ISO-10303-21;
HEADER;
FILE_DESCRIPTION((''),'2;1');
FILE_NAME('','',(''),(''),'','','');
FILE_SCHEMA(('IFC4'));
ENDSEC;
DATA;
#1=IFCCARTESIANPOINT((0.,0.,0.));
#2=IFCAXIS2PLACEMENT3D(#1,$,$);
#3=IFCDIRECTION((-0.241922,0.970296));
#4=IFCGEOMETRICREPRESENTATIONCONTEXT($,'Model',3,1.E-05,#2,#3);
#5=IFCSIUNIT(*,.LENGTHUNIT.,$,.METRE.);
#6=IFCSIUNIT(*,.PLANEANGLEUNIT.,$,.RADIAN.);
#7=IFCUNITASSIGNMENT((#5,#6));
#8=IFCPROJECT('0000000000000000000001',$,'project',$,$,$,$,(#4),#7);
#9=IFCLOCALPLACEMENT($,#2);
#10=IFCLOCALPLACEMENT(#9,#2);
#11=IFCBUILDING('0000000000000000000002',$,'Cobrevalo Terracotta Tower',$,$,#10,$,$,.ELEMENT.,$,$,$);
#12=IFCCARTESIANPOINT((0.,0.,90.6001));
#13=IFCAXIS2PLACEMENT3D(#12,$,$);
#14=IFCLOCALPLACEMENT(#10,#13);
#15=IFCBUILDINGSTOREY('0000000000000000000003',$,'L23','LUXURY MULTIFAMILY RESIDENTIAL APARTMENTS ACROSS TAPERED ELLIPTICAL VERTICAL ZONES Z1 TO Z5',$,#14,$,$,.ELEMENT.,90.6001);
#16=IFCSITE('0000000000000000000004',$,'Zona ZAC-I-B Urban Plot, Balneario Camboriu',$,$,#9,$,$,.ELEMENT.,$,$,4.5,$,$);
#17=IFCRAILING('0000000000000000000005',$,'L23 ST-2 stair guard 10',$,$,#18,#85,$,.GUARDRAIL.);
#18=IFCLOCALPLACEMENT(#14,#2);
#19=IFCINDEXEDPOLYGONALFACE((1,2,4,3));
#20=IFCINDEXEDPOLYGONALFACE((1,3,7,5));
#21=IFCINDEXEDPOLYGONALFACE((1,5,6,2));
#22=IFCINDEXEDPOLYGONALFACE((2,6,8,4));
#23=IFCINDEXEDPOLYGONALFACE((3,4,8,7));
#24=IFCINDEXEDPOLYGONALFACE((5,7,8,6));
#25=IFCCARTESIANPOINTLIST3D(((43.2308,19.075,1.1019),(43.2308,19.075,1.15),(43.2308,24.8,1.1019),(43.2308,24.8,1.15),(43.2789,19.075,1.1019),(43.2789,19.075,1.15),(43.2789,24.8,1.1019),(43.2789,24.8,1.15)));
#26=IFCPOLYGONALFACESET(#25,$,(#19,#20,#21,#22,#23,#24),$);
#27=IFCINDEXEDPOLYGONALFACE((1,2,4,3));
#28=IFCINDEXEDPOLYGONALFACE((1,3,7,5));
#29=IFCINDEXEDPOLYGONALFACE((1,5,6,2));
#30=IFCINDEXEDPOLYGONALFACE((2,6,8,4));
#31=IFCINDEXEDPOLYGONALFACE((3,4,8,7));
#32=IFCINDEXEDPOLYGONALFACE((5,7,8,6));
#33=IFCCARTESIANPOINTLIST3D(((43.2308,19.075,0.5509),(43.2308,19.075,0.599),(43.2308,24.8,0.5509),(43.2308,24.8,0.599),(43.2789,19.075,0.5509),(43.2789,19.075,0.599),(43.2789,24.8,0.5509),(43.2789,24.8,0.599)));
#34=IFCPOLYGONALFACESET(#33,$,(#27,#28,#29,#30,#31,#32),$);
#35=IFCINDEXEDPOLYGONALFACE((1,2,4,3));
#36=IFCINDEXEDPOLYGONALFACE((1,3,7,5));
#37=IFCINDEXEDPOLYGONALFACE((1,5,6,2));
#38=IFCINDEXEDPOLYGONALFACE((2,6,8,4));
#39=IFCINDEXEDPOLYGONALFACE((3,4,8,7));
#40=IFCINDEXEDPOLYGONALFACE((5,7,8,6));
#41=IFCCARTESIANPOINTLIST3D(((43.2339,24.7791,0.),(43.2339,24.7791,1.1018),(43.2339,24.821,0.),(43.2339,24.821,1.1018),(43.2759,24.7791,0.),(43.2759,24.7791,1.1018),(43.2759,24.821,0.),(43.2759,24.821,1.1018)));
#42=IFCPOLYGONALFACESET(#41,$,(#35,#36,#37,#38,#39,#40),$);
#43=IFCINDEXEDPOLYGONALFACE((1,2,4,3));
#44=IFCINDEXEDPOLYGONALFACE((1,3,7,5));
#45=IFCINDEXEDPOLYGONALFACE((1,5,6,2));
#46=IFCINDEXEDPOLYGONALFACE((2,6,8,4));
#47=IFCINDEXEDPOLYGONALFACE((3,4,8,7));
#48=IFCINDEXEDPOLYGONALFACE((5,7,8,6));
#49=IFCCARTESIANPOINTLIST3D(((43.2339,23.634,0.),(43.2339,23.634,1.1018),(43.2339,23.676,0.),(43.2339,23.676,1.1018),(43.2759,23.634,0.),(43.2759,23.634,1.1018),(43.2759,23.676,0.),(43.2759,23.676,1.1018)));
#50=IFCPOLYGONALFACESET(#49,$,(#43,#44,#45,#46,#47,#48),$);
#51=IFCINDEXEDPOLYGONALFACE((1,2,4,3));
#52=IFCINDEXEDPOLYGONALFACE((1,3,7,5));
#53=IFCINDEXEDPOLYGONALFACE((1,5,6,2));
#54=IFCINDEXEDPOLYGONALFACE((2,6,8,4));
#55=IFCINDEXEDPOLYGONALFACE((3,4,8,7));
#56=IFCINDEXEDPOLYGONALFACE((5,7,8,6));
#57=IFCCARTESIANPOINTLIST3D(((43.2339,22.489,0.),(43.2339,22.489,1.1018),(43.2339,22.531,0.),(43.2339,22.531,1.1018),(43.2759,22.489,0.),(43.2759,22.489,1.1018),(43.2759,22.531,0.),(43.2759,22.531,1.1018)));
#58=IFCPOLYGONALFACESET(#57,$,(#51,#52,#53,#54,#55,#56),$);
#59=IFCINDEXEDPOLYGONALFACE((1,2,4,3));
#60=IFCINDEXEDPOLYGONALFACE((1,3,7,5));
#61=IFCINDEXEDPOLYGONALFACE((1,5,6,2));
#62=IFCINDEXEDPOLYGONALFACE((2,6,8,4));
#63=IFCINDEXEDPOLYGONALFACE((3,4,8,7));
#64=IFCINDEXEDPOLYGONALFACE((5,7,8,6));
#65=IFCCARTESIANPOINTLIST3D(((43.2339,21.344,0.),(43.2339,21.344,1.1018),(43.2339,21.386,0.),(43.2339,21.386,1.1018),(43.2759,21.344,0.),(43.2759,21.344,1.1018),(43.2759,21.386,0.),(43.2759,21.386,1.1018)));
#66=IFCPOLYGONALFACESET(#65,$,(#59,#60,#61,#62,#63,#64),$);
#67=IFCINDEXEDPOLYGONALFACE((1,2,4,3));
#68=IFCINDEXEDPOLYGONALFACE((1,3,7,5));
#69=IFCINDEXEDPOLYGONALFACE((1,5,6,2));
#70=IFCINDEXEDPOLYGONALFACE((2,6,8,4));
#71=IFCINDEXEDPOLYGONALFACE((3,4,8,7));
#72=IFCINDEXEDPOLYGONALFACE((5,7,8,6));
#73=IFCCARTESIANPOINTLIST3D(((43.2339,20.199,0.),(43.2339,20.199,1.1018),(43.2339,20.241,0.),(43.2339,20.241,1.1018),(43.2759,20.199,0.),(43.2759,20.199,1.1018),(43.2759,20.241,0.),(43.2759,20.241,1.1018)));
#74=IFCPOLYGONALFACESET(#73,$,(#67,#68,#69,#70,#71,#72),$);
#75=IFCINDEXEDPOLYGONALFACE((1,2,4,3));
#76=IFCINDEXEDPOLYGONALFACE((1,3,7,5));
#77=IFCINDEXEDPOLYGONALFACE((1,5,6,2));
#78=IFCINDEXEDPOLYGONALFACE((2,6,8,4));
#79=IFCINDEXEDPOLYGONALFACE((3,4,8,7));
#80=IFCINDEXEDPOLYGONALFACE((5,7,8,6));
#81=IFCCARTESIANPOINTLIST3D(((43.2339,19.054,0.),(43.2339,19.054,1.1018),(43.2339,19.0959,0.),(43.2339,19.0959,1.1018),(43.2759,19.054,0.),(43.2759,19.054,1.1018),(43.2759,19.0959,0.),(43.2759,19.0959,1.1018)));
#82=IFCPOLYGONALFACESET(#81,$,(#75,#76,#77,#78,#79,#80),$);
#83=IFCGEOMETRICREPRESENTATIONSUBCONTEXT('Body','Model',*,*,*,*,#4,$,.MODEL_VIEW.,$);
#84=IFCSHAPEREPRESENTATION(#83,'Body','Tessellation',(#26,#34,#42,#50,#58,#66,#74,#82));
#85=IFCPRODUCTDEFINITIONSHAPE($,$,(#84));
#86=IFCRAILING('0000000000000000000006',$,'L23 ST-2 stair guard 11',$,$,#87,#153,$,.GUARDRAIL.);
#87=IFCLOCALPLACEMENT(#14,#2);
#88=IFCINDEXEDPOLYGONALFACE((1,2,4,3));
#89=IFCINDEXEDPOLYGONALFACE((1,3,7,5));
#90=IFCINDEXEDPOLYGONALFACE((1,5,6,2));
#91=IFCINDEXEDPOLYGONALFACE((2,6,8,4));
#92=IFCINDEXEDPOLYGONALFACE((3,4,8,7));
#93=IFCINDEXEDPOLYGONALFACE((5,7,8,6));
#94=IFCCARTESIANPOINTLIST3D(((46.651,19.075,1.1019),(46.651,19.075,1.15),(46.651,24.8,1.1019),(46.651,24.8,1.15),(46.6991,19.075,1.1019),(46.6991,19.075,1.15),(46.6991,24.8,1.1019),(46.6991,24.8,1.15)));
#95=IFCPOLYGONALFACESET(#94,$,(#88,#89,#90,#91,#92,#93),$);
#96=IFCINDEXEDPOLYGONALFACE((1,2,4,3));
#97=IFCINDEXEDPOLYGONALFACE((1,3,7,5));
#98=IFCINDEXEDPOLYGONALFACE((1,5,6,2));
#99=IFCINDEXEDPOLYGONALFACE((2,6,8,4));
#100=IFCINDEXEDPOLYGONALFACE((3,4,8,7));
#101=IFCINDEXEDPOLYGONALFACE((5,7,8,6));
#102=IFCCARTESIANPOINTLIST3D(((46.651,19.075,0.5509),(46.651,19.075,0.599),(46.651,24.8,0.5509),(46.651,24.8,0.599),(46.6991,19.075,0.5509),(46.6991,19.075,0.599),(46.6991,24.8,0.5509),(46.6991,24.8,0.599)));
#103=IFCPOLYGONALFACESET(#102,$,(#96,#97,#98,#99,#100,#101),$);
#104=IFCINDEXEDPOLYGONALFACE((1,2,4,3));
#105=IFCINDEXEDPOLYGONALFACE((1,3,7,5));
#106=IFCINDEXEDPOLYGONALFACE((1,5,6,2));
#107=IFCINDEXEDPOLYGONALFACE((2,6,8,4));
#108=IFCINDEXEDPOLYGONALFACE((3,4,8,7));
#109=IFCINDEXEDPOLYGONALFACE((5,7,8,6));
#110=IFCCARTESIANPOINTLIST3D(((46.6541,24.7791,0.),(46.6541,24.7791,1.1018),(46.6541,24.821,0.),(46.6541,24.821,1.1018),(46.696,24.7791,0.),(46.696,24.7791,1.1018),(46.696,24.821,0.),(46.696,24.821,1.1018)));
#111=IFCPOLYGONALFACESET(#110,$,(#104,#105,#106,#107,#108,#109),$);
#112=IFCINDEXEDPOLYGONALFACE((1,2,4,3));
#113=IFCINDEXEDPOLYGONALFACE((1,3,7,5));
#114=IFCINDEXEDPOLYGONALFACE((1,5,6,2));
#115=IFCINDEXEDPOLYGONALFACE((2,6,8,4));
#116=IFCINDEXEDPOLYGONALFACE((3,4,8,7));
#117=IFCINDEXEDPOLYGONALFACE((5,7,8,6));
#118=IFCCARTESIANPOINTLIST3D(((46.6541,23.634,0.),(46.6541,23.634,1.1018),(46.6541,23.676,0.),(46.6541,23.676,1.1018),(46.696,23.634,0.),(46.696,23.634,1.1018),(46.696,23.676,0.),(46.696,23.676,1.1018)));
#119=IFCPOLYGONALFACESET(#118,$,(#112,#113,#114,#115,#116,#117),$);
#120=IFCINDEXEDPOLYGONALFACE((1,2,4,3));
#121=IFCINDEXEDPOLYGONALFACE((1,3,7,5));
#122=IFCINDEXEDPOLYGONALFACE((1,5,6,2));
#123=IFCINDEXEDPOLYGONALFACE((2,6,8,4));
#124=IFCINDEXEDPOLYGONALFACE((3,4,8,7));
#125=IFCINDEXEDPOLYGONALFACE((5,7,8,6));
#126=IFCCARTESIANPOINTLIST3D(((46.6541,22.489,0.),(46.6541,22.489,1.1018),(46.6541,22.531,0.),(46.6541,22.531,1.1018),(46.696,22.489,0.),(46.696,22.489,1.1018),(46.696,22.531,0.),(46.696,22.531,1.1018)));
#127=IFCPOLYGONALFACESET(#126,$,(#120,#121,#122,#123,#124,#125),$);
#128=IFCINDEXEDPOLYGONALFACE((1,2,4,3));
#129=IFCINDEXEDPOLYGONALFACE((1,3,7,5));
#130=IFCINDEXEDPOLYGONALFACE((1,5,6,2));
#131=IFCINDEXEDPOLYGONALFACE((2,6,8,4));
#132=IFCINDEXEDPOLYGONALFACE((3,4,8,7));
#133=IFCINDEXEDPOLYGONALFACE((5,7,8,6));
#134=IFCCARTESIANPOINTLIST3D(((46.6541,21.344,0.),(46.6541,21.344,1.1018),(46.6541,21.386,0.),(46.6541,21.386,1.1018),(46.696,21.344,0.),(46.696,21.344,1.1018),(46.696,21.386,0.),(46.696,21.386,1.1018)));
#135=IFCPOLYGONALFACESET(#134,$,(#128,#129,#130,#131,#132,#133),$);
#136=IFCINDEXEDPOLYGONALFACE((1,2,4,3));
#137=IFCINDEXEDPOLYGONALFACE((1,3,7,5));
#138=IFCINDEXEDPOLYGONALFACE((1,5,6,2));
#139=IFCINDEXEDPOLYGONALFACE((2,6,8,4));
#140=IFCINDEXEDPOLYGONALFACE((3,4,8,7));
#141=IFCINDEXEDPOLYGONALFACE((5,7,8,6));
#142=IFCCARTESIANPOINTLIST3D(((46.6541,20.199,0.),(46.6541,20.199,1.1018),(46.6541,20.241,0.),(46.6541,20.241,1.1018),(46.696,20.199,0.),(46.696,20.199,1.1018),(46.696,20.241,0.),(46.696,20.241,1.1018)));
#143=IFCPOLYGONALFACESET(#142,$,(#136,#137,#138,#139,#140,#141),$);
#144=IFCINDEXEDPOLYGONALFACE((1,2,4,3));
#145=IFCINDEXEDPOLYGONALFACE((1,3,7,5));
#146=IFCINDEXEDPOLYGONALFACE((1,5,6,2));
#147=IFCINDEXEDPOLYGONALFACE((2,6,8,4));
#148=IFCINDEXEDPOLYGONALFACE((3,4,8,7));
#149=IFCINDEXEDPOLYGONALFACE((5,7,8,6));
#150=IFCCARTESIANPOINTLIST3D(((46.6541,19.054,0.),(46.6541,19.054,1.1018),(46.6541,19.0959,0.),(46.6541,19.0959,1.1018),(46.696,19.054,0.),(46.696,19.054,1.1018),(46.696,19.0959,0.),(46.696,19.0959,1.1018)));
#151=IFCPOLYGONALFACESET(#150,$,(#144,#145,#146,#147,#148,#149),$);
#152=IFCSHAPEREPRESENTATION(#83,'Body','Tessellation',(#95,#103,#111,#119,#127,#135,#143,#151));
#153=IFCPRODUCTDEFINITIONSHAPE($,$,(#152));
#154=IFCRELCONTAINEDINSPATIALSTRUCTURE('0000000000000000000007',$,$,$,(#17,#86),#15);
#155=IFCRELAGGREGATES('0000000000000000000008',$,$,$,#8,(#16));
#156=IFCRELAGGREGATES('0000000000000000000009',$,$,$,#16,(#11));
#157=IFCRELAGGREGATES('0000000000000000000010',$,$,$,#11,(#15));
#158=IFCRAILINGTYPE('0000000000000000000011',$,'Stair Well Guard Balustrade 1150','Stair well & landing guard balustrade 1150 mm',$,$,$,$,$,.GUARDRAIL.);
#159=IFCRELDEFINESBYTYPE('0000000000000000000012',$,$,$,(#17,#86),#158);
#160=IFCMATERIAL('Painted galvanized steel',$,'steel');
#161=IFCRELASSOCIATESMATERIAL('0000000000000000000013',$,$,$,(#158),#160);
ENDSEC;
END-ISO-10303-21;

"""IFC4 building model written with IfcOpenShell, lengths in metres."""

from ifc_helpers import new_model, si_unit, direction, frame, origin, origin_2d, place, context, subcontext, project, spatial, rectangle, extrude, material, type_object, element, save


model = new_model("IFC4")

# Units and contexts
model_context = context("Model", 3, precision=1e-05, world=origin(), true_north=direction((-0.241922, 0.970296)))
body_context = subcontext(model_context, "Body", "Model", "MODEL_VIEW")
ifc_project = project(units=[si_unit("LENGTHUNIT", "METRE"), si_unit("PLANEANGLEUNIT", "RADIAN")], contexts=[model_context])

# Site, building, storey
site_placement = place(None, origin())
site = spatial("IfcSite", under=ifc_project, at=site_placement, Name="Zona ZAC-I-B Urban Plot, Balneario Camboriu", CompositionType="ELEMENT", RefElevation=4.5)
building_placement = place(site_placement, origin())
building = spatial("IfcBuilding", under=site, at=building_placement, Name="Cobrevalo Terracotta Tower", CompositionType="ELEMENT")
storey_placement = place(building_placement, frame((0.0, 0.0, 90.6001)))
storey = spatial("IfcBuildingStorey", under=building, at=storey_placement, Name="L23", Description="LUXURY MULTIFAMILY RESIDENTIAL APARTMENTS ACROSS TAPERED ELLIPTICAL VERTICAL ZONES Z1 TO Z5", CompositionType="ELEMENT", Elevation=90.6001)

# Railings
ifc_material_1 = material(Name="Painted galvanized steel", Category="steel")
railing_type_1 = type_object("IfcRailingType", Name="Stair Well Guard Balustrade 1150", Description="Stair well & landing guard balustrade 1150 mm", PredefinedType="GUARDRAIL", material=ifc_material_1)
for number, where, name in (
    (1, (43.2549, 24.8, 0.0), "L23 ST-2 stair guard 10"),
    (2, (46.675, 24.8, 0.0), "L23 ST-2 stair guard 11"),
):
    element("IfcRailing", number, at=place(storey_placement, frame(where)), inside=storey, type_object=railing_type_1, Name=name, PredefinedType="GUARDRAIL", context=body_context, shape_type="SweptSolid", body=[
        extrude(rectangle(XDim=0.0481, YDim=0.0481, at=origin_2d()), frame((0.0, 0.0, 1.126), z_axis=(0.0, -1.0, 0.0), x_axis=(1.0, 0.0, 0.0)), (0.0, 0.0, 1.0), 5.7251),
        extrude(rectangle(XDim=0.0481, YDim=0.0481, at=origin_2d()), frame((0.0, 0.0, 0.575), z_axis=(0.0, -1.0, 0.0), x_axis=(1.0, 0.0, 0.0)), (0.0, 0.0, 1.0), 5.7251),
        extrude(rectangle(XDim=0.042, YDim=0.042, at=origin_2d()), origin(), (0.0, 0.0, 1.0), 1.1018),
        extrude(rectangle(XDim=0.042, YDim=0.042, at=origin_2d()), frame((0.0, -1.145, 0.0)), (0.0, 0.0, 1.0), 1.1018),
        extrude(rectangle(XDim=0.042, YDim=0.042, at=origin_2d()), frame((0.0, -2.29, 0.0)), (0.0, 0.0, 1.0), 1.1018),
        extrude(rectangle(XDim=0.042, YDim=0.042, at=origin_2d()), frame((0.0, -3.4351, 0.0)), (0.0, 0.0, 1.0), 1.1018),
        extrude(rectangle(XDim=0.042, YDim=0.042, at=origin_2d()), frame((0.0, -4.5801, 0.0)), (0.0, 0.0, 1.0), 1.1018),
        extrude(rectangle(XDim=0.042, YDim=0.042, at=origin_2d()), frame((0.0, -5.7251, 0.0)), (0.0, 0.0, 1.0), 1.1018),
    ])

save(model, "model.ifc")
